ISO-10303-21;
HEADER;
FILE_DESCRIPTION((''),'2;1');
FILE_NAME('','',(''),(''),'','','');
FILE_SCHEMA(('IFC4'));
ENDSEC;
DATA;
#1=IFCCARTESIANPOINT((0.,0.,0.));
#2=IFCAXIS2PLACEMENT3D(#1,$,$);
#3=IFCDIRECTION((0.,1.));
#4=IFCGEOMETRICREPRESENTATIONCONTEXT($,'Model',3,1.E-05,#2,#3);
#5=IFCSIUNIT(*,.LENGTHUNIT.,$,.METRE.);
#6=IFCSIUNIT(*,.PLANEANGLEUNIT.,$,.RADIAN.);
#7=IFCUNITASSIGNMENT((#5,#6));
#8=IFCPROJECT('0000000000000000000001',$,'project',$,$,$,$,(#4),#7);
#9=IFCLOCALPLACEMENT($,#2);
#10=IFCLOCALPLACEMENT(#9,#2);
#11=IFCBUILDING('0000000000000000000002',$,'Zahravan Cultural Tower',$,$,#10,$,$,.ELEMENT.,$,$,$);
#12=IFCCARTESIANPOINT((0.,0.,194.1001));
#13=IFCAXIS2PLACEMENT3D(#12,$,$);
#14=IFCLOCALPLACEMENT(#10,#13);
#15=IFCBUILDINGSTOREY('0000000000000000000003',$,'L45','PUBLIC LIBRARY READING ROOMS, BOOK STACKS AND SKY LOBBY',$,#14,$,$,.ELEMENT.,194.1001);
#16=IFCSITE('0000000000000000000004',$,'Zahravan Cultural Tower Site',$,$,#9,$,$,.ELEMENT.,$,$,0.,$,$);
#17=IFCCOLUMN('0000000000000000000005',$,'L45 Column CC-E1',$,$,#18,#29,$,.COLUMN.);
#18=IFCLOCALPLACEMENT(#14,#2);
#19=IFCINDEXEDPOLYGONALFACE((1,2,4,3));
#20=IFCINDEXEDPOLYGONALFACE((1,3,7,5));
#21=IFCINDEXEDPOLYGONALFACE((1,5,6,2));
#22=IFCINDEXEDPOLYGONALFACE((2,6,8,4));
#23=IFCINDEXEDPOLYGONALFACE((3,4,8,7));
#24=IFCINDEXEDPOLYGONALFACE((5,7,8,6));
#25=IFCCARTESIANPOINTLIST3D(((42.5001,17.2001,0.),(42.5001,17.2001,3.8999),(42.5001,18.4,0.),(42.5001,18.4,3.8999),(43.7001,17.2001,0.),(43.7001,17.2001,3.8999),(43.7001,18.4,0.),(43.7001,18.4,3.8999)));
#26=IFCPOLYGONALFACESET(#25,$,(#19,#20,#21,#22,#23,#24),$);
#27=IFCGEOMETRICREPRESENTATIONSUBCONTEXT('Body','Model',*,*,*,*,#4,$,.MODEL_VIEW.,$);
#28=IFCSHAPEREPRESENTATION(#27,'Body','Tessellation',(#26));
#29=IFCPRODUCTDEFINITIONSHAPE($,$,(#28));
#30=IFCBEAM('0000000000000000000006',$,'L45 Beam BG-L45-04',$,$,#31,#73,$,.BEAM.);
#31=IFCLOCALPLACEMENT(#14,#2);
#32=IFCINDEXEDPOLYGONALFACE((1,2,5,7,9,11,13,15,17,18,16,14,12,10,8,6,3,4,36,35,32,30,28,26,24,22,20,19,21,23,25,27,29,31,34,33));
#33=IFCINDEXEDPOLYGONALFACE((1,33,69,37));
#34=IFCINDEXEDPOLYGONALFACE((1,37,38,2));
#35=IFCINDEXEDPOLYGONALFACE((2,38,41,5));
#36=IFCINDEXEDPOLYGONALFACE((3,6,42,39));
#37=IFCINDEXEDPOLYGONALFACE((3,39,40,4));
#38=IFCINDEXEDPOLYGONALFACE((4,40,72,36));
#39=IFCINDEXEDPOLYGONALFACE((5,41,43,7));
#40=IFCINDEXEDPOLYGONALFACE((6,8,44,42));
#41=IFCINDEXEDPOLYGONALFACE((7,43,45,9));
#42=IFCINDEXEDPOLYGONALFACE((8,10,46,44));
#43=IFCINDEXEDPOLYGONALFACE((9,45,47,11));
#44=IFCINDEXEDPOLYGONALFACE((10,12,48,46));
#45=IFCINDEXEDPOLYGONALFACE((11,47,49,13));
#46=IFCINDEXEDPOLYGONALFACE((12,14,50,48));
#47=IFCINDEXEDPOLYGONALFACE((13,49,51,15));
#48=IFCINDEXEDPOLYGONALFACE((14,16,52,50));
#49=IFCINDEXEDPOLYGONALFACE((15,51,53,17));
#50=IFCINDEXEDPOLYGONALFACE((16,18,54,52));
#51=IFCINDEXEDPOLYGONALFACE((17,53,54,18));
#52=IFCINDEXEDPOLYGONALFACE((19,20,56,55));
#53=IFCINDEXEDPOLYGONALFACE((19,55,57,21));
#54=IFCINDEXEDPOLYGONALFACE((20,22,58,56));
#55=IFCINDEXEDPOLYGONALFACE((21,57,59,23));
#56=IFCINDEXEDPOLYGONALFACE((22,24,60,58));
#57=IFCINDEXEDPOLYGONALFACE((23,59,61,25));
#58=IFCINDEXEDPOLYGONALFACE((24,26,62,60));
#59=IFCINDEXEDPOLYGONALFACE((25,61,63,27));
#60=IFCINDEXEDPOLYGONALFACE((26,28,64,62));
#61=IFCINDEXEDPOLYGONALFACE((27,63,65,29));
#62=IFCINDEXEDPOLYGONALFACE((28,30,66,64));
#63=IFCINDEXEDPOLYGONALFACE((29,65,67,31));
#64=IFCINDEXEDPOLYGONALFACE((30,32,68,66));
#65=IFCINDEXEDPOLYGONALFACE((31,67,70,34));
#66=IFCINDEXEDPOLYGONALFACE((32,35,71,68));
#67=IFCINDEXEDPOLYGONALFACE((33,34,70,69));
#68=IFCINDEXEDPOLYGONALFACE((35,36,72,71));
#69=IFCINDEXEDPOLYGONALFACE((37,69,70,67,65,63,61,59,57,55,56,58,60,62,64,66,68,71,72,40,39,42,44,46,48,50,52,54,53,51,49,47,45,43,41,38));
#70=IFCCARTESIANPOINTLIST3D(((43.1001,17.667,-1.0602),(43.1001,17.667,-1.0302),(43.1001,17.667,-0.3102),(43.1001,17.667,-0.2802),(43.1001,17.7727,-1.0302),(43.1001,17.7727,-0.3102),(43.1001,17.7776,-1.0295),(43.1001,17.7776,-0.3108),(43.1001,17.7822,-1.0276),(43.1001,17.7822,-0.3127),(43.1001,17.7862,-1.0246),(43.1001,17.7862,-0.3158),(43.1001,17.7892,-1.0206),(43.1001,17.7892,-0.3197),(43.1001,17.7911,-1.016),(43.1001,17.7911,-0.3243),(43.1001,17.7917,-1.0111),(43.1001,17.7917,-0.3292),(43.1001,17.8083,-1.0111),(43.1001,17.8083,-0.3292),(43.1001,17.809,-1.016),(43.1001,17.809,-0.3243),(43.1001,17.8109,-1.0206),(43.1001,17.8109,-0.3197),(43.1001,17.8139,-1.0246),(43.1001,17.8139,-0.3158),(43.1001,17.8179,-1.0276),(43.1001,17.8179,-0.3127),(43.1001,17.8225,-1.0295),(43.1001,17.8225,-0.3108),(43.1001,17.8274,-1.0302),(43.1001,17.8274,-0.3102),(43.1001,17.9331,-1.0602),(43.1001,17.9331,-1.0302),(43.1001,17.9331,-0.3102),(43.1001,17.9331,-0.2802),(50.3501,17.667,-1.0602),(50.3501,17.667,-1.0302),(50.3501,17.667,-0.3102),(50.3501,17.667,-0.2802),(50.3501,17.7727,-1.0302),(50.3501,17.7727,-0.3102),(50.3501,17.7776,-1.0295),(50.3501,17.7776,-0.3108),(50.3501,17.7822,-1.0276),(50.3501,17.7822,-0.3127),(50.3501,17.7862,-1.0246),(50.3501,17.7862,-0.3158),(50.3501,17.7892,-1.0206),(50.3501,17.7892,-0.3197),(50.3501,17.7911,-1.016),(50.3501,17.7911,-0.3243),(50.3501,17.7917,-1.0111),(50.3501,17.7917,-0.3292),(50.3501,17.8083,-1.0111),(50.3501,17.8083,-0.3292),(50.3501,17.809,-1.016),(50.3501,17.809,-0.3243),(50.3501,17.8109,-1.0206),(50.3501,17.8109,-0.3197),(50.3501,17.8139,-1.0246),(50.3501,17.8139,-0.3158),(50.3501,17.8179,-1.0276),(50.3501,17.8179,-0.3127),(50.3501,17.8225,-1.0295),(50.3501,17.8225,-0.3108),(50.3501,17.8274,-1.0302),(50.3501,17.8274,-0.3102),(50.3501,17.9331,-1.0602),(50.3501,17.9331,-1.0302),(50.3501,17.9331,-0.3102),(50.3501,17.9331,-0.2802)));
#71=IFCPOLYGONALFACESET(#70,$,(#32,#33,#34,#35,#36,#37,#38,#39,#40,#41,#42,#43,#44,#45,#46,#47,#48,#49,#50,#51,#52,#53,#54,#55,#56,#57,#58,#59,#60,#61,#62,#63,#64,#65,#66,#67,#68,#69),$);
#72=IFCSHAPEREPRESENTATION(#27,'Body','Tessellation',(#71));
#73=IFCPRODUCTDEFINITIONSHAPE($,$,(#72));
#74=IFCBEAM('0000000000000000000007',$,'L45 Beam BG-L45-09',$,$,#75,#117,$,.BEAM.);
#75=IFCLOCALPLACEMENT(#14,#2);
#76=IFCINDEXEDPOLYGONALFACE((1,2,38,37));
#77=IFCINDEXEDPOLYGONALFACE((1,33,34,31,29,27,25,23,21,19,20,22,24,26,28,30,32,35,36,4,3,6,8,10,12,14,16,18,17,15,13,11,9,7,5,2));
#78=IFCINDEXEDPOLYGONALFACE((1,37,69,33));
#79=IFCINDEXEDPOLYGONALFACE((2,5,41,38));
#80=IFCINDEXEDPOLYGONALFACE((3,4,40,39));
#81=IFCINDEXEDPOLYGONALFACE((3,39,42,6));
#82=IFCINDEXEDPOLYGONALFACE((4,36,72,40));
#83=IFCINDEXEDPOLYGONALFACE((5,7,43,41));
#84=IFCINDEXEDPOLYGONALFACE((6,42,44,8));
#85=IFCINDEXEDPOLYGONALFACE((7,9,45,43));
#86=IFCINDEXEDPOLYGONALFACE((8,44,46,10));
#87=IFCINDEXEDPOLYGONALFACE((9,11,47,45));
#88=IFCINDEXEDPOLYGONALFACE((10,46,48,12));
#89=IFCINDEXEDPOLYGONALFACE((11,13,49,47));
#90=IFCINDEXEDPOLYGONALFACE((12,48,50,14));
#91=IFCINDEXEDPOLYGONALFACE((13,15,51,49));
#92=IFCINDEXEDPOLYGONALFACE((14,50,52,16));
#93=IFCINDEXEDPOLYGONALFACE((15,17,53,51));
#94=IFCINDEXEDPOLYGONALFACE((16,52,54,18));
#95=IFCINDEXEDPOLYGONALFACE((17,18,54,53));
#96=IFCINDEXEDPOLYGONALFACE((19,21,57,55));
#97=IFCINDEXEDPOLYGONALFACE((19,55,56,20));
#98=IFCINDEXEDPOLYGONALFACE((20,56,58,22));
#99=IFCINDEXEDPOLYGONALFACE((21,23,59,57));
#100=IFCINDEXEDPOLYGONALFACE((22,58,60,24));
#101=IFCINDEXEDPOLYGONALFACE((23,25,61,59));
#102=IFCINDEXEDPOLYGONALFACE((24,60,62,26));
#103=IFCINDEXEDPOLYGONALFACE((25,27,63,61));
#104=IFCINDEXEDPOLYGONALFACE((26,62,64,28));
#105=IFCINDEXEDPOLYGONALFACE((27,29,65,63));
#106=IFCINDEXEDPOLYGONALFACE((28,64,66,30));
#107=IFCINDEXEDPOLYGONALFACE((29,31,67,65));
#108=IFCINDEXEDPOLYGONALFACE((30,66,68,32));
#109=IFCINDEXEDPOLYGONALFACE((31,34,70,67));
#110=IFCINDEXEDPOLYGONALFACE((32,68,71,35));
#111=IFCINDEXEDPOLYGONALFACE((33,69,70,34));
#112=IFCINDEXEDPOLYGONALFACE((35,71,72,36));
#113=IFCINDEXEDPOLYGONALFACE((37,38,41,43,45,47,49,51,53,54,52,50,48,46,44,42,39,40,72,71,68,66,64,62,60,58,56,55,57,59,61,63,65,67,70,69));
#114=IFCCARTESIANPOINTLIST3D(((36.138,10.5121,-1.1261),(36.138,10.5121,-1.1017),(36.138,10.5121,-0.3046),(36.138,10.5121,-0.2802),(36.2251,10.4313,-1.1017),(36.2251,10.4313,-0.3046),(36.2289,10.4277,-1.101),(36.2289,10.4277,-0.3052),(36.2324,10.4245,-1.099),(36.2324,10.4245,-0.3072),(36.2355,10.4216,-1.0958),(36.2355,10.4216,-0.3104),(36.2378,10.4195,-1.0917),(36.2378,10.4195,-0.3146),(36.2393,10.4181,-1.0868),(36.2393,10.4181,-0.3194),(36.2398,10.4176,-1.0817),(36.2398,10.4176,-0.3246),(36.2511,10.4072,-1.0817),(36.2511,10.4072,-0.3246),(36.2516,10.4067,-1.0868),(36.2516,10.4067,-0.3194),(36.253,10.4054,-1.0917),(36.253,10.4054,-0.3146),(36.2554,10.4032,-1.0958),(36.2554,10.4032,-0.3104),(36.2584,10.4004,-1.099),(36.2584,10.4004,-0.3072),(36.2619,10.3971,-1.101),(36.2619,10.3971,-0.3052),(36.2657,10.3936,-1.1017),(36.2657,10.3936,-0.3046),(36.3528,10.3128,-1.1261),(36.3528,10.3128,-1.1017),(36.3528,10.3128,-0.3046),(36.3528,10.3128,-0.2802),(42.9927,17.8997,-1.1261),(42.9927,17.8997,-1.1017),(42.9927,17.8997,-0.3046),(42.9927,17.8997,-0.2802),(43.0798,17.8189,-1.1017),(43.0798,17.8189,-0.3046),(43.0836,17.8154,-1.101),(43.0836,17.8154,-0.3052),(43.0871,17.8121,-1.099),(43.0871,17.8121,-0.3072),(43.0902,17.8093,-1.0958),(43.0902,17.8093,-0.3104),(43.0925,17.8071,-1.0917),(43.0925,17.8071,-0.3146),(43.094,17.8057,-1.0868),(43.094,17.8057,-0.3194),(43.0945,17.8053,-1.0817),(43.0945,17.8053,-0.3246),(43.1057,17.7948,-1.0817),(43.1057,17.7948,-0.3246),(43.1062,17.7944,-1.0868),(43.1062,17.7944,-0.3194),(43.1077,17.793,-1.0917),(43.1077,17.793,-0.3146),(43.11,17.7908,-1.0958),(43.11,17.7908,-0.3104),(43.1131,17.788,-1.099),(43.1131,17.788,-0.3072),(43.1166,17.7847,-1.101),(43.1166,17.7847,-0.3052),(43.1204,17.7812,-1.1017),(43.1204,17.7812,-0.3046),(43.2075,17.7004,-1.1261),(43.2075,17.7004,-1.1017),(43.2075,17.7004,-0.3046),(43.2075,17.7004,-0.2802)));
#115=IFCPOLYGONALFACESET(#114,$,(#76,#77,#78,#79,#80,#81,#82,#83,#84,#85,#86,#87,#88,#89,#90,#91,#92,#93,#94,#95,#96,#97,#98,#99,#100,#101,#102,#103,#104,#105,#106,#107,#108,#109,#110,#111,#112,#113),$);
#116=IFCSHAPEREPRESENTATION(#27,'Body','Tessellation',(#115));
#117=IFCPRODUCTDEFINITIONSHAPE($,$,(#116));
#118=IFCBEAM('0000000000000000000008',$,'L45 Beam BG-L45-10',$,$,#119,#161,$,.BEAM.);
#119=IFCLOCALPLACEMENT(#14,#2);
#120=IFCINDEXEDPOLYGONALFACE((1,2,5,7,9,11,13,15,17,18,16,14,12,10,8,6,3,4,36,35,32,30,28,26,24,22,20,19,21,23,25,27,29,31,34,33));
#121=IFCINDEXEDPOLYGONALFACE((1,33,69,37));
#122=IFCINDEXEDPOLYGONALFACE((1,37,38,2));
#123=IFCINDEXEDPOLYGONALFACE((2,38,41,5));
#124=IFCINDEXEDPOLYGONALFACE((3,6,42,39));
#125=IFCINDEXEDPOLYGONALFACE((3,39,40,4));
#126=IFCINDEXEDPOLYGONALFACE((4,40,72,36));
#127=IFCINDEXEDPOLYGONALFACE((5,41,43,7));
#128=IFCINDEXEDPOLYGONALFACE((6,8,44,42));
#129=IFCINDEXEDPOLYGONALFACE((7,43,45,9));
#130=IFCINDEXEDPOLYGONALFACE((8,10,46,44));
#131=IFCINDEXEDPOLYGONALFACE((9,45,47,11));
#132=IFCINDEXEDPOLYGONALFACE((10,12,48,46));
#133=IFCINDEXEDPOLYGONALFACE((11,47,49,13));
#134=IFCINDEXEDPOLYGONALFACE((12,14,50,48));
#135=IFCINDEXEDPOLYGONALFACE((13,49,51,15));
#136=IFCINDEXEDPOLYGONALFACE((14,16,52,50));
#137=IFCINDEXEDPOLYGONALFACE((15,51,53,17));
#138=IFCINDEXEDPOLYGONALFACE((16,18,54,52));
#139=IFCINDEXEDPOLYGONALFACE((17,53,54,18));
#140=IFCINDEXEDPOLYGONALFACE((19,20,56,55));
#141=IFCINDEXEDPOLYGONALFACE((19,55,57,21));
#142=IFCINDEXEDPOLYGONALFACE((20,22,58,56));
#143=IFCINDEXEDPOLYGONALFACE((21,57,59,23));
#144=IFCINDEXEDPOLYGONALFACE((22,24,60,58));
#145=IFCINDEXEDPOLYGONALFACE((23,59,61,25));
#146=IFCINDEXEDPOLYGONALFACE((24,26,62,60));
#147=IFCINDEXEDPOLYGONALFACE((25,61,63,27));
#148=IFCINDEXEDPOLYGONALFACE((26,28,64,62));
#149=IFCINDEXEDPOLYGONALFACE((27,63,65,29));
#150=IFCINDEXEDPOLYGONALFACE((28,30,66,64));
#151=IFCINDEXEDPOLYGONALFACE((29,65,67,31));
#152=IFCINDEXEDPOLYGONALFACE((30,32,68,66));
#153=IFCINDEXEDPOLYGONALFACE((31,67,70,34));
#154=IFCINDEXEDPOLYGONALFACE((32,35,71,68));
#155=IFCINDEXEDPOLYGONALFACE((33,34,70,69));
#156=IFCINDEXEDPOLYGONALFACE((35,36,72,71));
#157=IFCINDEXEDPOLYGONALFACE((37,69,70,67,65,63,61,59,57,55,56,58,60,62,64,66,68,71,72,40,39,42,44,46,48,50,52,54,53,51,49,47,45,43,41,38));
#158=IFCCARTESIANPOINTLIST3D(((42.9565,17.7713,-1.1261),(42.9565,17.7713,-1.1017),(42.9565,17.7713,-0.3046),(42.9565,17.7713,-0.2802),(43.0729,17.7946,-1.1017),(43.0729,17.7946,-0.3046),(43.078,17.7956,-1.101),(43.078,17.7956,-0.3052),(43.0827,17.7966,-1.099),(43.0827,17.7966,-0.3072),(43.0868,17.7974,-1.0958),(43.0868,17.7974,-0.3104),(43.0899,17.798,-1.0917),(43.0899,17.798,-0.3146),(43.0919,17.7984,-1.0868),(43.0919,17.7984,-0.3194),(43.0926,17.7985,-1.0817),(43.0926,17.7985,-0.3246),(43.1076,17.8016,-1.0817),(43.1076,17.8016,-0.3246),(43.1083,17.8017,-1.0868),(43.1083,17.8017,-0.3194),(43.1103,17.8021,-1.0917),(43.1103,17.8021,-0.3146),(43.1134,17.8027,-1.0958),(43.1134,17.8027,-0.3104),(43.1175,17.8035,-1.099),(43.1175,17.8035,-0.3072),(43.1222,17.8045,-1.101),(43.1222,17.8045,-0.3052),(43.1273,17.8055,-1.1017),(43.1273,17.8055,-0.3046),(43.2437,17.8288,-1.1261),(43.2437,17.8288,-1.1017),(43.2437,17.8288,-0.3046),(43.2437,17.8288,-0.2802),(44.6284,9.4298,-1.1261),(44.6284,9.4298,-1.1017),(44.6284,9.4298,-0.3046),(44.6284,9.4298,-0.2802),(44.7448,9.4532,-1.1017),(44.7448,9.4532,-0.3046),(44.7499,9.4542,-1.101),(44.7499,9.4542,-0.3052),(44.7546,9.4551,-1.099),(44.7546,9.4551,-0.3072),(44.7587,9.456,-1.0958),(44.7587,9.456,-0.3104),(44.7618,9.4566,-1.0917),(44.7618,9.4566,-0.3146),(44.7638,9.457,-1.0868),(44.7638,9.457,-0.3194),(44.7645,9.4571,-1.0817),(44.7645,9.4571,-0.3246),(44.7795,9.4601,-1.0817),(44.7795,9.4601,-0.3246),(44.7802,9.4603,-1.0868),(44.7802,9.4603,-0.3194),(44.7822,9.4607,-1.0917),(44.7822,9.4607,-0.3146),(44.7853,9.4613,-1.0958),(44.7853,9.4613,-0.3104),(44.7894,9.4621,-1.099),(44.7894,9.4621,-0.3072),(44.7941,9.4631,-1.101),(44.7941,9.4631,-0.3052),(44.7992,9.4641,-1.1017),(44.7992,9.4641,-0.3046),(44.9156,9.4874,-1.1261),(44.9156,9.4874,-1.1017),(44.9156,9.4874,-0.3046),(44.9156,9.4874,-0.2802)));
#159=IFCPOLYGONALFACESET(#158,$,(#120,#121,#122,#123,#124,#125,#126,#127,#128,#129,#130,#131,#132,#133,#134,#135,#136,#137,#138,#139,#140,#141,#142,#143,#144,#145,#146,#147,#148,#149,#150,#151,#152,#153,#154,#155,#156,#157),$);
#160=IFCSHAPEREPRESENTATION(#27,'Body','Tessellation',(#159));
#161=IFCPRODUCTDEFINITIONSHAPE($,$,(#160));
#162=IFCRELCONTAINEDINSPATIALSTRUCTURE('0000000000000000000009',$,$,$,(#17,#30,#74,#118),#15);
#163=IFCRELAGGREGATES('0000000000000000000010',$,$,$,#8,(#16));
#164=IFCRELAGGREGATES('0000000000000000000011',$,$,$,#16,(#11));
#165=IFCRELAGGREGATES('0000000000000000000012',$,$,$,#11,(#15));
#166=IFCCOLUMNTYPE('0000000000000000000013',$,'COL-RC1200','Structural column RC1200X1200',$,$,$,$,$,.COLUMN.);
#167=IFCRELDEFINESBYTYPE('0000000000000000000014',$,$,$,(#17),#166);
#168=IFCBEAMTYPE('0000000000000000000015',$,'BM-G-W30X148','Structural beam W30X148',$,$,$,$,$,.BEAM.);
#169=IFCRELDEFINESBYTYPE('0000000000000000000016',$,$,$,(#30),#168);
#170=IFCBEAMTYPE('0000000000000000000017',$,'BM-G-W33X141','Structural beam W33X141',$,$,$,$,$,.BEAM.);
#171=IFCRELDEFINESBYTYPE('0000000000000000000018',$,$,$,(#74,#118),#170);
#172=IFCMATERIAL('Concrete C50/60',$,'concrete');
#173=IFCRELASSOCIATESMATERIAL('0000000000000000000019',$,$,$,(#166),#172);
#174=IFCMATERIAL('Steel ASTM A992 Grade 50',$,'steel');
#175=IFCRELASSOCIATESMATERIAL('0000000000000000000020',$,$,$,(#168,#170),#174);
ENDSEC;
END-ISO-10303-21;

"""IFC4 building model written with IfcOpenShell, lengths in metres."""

from ifc_helpers import new_model, si_unit, direction, frame, origin, origin_2d, place, context, subcontext, project, spatial, rectangle, i_section, extrude, source, transform, mapped, material, material_profile, profile_set, type_object, element, save


model = new_model("IFC4")

# Units and contexts
model_context = context("Model", 3, precision=1e-05, world=origin(), true_north=direction((0.0, 1.0)))
body_context = subcontext(model_context, "Body", "Model", "MODEL_VIEW")
ifc_project = project(units=[si_unit("LENGTHUNIT", "METRE"), si_unit("PLANEANGLEUNIT", "RADIAN")], contexts=[model_context])

# Site, building, storey
site_placement = place(None, origin())
site = spatial("IfcSite", under=ifc_project, at=site_placement, Name="Zahravan Cultural Tower Site", CompositionType="ELEMENT", RefElevation=0.0)
building_placement = place(site_placement, origin())
building = spatial("IfcBuilding", under=site, at=building_placement, Name="Zahravan Cultural Tower", CompositionType="ELEMENT")
storey_placement = place(building_placement, frame((0.0, 0.0, 194.1001)))
storey = spatial("IfcBuildingStorey", under=building, at=storey_placement, Name="L45", Description="PUBLIC LIBRARY READING ROOMS, BOOK STACKS AND SKY LOBBY", CompositionType="ELEMENT", Elevation=194.1001)

# Column
ifc_material_1 = material(Name="Concrete C50/60", Category="concrete")
ifc_material_profile_1 = material_profile(ifc_material_1, rectangle(XDim=1.2, YDim=1.2, at=origin_2d()), Name="RC1200X1200")
ifc_profile_set_1 = profile_set([ifc_material_profile_1], Name="Concrete C50/60")
column_type = type_object("IfcColumnType", Name="COL-RC1200", Description="Structural column RC1200X1200", PredefinedType="COLUMN", material=ifc_profile_set_1)
shared_shape_1 = source(origin(), body_context, "Body", "SweptSolid", [
    extrude(rectangle(XDim=1.2, YDim=1.2, at=origin_2d()), origin(), (0.0, 0.0, 1.0), 3.8999),
])
column_placement = place(storey_placement, frame((43.1001, 17.8, 0.0), z_axis=(0.0, 0.0, 1.0), x_axis=(1.0, 0.0, 0.0)))
element("IfcColumn", 1, at=column_placement, inside=storey, type_object=column_type, Name="L45 Column CC-E1", PredefinedType="COLUMN", context=body_context, shape_type="MappedRepresentation", body=[
    mapped(shared_shape_1, transform((0.0, 0.0, 0.0), x_axis=(1.0, 0.0, 0.0), y_axis=(0.0, 1.0, 0.0), z_axis=(0.0, 0.0, 1.0), scale=1.0)),
])

# Beams
ifc_material_2 = material(Name="Steel ASTM A992 Grade 50", Category="steel")
ifc_material_profile_2 = material_profile(ifc_material_2, i_section(OverallWidth=0.2661, OverallDepth=0.78, WebThickness=0.0166, FlangeThickness=0.03, FilletRadius=0.019, at=origin_2d()), Name="W30X148")
ifc_profile_set_2 = profile_set([ifc_material_profile_2], Name="Steel ASTM A992 Grade 50")
beam_type_1 = type_object("IfcBeamType", Name="BM-G-W30X148", Description="Structural beam W30X148", PredefinedType="BEAM", material=ifc_profile_set_2)
shared_shape_2 = source(origin(), body_context, "Body", "SweptSolid", [
    extrude(i_section(OverallWidth=0.2661, OverallDepth=0.78, WebThickness=0.0166, FlangeThickness=0.03, FilletRadius=0.019, at=origin_2d()), origin(), (0.0, 0.0, 1.0), 7.25),
])
beam_1_placement = place(storey_placement, frame((43.1001, 17.8, -0.6702), z_axis=(1.0, 0.0, 0.0), x_axis=(0.0, 1.0, 0.0)))
element("IfcBeam", 2, at=beam_1_placement, inside=storey, type_object=beam_type_1, Name="L45 Beam BG-L45-04", PredefinedType="BEAM", context=body_context, shape_type="MappedRepresentation", body=[
    mapped(shared_shape_2, transform((0.0, 0.0, 0.0), x_axis=(1.0, 0.0, 0.0), y_axis=(0.0, 1.0, 0.0), z_axis=(0.0, 0.0, 1.0), scale=1.0)),
])
ifc_material_profile_3 = material_profile(ifc_material_2, i_section(OverallWidth=0.293, OverallDepth=0.8459, WebThickness=0.0154, FlangeThickness=0.0244, FilletRadius=0.02, at=origin_2d()), Name="W33X141")
ifc_profile_set_3 = profile_set([ifc_material_profile_3], Name="Steel ASTM A992 Grade 50")
beam_type_2 = type_object("IfcBeamType", Name="BM-G-W33X141", Description="Structural beam W33X141", PredefinedType="BEAM", material=ifc_profile_set_3)
shared_shape_3 = source(origin(), body_context, "Body", "SweptSolid", [
    extrude(i_section(OverallWidth=0.293, OverallDepth=0.8459, WebThickness=0.0154, FlangeThickness=0.0244, FilletRadius=0.02, at=origin_2d()), origin(), (0.0, 0.0, 1.0), 10.0779),
])
beam_2_placement = place(storey_placement, frame((43.1001, 17.8, -0.7031), z_axis=(-0.68017, -0.733054, 0.0), x_axis=(0.733054, -0.68017, 0.0)))
element("IfcBeam", 3, at=beam_2_placement, inside=storey, type_object=beam_type_2, Name="L45 Beam BG-L45-09", PredefinedType="BEAM", context=body_context, shape_type="MappedRepresentation", body=[
    mapped(shared_shape_3, transform((0.0, 0.0, 0.0), x_axis=(1.0, 0.0, 0.0), y_axis=(0.0, 1.0, 0.0), z_axis=(0.0, 0.0, 1.0), scale=1.0)),
])
shared_shape_4 = source(origin(), body_context, "Body", "SweptSolid", [
    extrude(i_section(OverallWidth=0.293, OverallDepth=0.8459, WebThickness=0.0154, FlangeThickness=0.0244, FilletRadius=0.02, at=origin_2d()), origin(), (0.0, 0.0, 1.0), 8.5073),
])
beam_3_placement = place(storey_placement, frame((43.1001, 17.8, -0.7031), z_axis=(0.196525, -0.980499, 0.0), x_axis=(0.980499, 0.196525, 0.0)))
element("IfcBeam", 4, at=beam_3_placement, inside=storey, type_object=beam_type_2, Name="L45 Beam BG-L45-10", PredefinedType="BEAM", context=body_context, shape_type="MappedRepresentation", body=[
    mapped(shared_shape_4, transform((0.0, 0.0, 0.0), x_axis=(1.0, 0.0, 0.0), y_axis=(0.0, 1.0, 0.0), z_axis=(0.0, 0.0, 1.0), scale=1.0)),
])

save(model, "model.ifc")
